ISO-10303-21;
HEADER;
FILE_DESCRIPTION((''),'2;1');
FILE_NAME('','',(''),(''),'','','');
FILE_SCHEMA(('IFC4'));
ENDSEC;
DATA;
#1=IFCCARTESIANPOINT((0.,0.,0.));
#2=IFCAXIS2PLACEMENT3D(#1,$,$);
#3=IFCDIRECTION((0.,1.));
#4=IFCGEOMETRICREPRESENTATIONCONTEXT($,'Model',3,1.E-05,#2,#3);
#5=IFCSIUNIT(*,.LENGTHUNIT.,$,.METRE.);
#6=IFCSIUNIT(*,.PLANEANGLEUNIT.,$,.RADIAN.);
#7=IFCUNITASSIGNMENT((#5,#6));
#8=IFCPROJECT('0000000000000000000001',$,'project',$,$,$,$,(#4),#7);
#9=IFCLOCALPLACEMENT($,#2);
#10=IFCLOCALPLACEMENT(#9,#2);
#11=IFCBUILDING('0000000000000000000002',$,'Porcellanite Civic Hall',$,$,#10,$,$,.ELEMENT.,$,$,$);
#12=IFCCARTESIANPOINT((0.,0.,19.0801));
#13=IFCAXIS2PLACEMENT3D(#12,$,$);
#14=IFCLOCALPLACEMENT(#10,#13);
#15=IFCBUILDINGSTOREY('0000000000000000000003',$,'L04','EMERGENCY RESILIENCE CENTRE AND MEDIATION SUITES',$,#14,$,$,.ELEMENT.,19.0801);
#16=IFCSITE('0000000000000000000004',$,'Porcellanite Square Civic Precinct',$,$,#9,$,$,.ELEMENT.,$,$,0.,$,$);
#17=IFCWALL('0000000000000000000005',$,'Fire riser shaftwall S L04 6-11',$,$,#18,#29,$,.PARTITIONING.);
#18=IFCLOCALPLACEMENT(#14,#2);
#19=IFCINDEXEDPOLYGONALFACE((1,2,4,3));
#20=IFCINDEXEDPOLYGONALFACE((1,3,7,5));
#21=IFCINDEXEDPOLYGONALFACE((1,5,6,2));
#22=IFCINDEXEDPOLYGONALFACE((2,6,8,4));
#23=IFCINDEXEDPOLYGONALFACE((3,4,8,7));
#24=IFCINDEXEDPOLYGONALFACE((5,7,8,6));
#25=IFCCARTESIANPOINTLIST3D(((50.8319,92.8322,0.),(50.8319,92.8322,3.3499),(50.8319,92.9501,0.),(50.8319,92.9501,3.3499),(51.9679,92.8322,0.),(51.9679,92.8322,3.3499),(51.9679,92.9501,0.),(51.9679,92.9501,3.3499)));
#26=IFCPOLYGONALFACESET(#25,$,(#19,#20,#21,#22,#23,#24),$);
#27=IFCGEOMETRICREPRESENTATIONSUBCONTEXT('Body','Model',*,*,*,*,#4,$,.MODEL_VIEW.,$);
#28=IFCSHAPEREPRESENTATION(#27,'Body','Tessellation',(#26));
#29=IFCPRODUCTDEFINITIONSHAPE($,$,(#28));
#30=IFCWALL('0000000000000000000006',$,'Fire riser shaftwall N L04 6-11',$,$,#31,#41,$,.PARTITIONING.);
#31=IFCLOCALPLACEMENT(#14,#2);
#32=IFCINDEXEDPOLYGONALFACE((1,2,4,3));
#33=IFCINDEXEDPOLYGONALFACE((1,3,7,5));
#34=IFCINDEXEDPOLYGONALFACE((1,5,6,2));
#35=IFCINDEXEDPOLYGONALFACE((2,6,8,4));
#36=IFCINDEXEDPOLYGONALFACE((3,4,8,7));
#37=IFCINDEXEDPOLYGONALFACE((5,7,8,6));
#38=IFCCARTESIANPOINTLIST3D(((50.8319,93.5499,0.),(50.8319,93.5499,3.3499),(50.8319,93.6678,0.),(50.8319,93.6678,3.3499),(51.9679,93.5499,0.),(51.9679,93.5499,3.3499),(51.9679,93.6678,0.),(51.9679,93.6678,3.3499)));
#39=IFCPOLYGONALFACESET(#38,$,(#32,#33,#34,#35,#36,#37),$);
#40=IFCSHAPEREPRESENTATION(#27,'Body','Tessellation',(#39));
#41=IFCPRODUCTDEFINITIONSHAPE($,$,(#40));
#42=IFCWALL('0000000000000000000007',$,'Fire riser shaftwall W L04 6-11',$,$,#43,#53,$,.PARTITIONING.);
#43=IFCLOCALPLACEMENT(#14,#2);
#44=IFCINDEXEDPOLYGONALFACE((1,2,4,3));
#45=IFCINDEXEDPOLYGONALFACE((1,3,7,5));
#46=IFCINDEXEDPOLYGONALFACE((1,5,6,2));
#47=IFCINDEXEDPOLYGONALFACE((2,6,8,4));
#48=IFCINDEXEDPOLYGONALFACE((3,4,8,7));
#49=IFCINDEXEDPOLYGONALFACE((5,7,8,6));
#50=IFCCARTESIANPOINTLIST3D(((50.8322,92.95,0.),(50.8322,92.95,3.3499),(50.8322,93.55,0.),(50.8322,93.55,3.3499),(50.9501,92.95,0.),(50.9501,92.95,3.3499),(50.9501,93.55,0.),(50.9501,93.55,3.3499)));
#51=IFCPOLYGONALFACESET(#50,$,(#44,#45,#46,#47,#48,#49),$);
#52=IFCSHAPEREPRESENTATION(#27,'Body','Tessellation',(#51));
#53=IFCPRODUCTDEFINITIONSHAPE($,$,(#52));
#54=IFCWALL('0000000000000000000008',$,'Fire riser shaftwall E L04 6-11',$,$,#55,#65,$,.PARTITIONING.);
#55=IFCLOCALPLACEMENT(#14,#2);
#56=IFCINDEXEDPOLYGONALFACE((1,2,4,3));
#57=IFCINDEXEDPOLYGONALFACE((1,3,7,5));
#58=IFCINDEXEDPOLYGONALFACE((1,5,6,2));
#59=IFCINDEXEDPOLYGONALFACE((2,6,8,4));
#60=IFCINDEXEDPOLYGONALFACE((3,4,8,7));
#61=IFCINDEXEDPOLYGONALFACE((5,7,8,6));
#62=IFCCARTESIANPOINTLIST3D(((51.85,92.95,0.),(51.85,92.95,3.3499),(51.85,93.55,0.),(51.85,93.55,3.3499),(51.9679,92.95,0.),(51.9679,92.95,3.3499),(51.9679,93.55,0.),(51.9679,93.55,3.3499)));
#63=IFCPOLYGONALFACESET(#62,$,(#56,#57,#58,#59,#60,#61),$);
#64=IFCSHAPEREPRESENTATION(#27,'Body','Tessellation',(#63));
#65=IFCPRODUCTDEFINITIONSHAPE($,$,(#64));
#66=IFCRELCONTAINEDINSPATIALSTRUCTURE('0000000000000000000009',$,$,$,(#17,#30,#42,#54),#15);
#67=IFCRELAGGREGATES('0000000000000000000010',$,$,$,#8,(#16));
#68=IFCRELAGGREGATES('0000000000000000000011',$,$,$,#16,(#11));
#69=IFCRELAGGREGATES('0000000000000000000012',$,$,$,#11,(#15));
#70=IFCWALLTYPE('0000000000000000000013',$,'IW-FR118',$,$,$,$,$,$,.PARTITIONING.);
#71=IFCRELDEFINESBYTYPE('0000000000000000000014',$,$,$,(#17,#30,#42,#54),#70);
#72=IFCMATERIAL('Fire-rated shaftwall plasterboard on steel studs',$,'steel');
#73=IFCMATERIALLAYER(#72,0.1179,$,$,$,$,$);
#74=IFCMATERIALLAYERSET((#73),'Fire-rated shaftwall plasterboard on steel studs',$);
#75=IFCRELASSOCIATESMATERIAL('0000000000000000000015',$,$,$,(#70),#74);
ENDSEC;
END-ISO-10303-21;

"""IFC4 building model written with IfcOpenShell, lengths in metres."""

from ifc_helpers import new_model, si_unit, direction, frame, frame_2d, origin, place, context, subcontext, project, spatial, rectangle, extrude, material, layer, layer_set, type_object, element, save


model = new_model("IFC4")

# Units and contexts
model_context = context("Model", 3, precision=1e-05, world=origin(), true_north=direction((0.0, 1.0)))
body_context = subcontext(model_context, "Body", "Model", "MODEL_VIEW")
ifc_project = project(units=[si_unit("LENGTHUNIT", "METRE"), si_unit("PLANEANGLEUNIT", "RADIAN")], contexts=[model_context])

# Site, building, storey
site_placement = place(None, origin())
site = spatial("IfcSite", under=ifc_project, at=site_placement, Name="Porcellanite Square Civic Precinct", CompositionType="ELEMENT", RefElevation=0.0)
building_placement = place(site_placement, origin())
building = spatial("IfcBuilding", under=site, at=building_placement, Name="Porcellanite Civic Hall", CompositionType="ELEMENT")
storey_placement = place(building_placement, frame((0.0, 0.0, 19.0801)))
storey = spatial("IfcBuildingStorey", under=building, at=storey_placement, Name="L04", Description="EMERGENCY RESILIENCE CENTRE AND MEDIATION SUITES", CompositionType="ELEMENT", Elevation=19.0801)

# Walls
ifc_material_1 = material(Name="Fire-rated shaftwall plasterboard on steel studs", Category="steel")
ifc_layer_1 = layer(ifc_material_1, 0.1179)
ifc_layer_set_1 = layer_set([ifc_layer_1], Name="Fire-rated shaftwall plasterboard on steel studs")
wall_type = type_object("IfcWallType", Name="IW-FR118", PredefinedType="PARTITIONING", material=ifc_layer_set_1)
for number, where, z_axis, x_axis, name in (
    (1, (50.832, 92.8911, 0.0), (0.0, 0.0, 1.0), (1.0, 0.0, 0.0), "Fire riser shaftwall S L04 6-11"),
    (2, (50.832, 93.6089, 0.0), (0.0, 0.0, 1.0), (1.0, 0.0, 0.0), "Fire riser shaftwall N L04 6-11"),
):
    element("IfcWall", number, at=place(storey_placement, frame(where, z_axis=z_axis, x_axis=x_axis)), inside=storey, type_object=wall_type, Name=name, PredefinedType="PARTITIONING", context=body_context, shape_type="SweptSolid", body=[
        extrude(rectangle(XDim=1.136, YDim=0.1179, at=frame_2d((0.5679, 0.0))), origin(), (0.0, 0.0, 1.0), 3.3499),
    ])
for number, where, z_axis, x_axis, name in (
    (3, (50.8911, 92.95, 0.0), (0.0, 0.0, 1.0), (0.0, 1.0, 0.0), "Fire riser shaftwall W L04 6-11"),
    (4, (51.9089, 92.95, 0.0), (0.0, 0.0, 1.0), (0.0, 1.0, 0.0), "Fire riser shaftwall E L04 6-11"),
):
    element("IfcWall", number, at=place(storey_placement, frame(where, z_axis=z_axis, x_axis=x_axis)), inside=storey, type_object=wall_type, Name=name, PredefinedType="PARTITIONING", context=body_context, shape_type="SweptSolid", body=[
        extrude(rectangle(XDim=0.6001, YDim=0.1179, at=frame_2d((0.3, 0.0))), origin(), (0.0, 0.0, 1.0), 3.3499),
    ])

save(model, "model.ifc")
